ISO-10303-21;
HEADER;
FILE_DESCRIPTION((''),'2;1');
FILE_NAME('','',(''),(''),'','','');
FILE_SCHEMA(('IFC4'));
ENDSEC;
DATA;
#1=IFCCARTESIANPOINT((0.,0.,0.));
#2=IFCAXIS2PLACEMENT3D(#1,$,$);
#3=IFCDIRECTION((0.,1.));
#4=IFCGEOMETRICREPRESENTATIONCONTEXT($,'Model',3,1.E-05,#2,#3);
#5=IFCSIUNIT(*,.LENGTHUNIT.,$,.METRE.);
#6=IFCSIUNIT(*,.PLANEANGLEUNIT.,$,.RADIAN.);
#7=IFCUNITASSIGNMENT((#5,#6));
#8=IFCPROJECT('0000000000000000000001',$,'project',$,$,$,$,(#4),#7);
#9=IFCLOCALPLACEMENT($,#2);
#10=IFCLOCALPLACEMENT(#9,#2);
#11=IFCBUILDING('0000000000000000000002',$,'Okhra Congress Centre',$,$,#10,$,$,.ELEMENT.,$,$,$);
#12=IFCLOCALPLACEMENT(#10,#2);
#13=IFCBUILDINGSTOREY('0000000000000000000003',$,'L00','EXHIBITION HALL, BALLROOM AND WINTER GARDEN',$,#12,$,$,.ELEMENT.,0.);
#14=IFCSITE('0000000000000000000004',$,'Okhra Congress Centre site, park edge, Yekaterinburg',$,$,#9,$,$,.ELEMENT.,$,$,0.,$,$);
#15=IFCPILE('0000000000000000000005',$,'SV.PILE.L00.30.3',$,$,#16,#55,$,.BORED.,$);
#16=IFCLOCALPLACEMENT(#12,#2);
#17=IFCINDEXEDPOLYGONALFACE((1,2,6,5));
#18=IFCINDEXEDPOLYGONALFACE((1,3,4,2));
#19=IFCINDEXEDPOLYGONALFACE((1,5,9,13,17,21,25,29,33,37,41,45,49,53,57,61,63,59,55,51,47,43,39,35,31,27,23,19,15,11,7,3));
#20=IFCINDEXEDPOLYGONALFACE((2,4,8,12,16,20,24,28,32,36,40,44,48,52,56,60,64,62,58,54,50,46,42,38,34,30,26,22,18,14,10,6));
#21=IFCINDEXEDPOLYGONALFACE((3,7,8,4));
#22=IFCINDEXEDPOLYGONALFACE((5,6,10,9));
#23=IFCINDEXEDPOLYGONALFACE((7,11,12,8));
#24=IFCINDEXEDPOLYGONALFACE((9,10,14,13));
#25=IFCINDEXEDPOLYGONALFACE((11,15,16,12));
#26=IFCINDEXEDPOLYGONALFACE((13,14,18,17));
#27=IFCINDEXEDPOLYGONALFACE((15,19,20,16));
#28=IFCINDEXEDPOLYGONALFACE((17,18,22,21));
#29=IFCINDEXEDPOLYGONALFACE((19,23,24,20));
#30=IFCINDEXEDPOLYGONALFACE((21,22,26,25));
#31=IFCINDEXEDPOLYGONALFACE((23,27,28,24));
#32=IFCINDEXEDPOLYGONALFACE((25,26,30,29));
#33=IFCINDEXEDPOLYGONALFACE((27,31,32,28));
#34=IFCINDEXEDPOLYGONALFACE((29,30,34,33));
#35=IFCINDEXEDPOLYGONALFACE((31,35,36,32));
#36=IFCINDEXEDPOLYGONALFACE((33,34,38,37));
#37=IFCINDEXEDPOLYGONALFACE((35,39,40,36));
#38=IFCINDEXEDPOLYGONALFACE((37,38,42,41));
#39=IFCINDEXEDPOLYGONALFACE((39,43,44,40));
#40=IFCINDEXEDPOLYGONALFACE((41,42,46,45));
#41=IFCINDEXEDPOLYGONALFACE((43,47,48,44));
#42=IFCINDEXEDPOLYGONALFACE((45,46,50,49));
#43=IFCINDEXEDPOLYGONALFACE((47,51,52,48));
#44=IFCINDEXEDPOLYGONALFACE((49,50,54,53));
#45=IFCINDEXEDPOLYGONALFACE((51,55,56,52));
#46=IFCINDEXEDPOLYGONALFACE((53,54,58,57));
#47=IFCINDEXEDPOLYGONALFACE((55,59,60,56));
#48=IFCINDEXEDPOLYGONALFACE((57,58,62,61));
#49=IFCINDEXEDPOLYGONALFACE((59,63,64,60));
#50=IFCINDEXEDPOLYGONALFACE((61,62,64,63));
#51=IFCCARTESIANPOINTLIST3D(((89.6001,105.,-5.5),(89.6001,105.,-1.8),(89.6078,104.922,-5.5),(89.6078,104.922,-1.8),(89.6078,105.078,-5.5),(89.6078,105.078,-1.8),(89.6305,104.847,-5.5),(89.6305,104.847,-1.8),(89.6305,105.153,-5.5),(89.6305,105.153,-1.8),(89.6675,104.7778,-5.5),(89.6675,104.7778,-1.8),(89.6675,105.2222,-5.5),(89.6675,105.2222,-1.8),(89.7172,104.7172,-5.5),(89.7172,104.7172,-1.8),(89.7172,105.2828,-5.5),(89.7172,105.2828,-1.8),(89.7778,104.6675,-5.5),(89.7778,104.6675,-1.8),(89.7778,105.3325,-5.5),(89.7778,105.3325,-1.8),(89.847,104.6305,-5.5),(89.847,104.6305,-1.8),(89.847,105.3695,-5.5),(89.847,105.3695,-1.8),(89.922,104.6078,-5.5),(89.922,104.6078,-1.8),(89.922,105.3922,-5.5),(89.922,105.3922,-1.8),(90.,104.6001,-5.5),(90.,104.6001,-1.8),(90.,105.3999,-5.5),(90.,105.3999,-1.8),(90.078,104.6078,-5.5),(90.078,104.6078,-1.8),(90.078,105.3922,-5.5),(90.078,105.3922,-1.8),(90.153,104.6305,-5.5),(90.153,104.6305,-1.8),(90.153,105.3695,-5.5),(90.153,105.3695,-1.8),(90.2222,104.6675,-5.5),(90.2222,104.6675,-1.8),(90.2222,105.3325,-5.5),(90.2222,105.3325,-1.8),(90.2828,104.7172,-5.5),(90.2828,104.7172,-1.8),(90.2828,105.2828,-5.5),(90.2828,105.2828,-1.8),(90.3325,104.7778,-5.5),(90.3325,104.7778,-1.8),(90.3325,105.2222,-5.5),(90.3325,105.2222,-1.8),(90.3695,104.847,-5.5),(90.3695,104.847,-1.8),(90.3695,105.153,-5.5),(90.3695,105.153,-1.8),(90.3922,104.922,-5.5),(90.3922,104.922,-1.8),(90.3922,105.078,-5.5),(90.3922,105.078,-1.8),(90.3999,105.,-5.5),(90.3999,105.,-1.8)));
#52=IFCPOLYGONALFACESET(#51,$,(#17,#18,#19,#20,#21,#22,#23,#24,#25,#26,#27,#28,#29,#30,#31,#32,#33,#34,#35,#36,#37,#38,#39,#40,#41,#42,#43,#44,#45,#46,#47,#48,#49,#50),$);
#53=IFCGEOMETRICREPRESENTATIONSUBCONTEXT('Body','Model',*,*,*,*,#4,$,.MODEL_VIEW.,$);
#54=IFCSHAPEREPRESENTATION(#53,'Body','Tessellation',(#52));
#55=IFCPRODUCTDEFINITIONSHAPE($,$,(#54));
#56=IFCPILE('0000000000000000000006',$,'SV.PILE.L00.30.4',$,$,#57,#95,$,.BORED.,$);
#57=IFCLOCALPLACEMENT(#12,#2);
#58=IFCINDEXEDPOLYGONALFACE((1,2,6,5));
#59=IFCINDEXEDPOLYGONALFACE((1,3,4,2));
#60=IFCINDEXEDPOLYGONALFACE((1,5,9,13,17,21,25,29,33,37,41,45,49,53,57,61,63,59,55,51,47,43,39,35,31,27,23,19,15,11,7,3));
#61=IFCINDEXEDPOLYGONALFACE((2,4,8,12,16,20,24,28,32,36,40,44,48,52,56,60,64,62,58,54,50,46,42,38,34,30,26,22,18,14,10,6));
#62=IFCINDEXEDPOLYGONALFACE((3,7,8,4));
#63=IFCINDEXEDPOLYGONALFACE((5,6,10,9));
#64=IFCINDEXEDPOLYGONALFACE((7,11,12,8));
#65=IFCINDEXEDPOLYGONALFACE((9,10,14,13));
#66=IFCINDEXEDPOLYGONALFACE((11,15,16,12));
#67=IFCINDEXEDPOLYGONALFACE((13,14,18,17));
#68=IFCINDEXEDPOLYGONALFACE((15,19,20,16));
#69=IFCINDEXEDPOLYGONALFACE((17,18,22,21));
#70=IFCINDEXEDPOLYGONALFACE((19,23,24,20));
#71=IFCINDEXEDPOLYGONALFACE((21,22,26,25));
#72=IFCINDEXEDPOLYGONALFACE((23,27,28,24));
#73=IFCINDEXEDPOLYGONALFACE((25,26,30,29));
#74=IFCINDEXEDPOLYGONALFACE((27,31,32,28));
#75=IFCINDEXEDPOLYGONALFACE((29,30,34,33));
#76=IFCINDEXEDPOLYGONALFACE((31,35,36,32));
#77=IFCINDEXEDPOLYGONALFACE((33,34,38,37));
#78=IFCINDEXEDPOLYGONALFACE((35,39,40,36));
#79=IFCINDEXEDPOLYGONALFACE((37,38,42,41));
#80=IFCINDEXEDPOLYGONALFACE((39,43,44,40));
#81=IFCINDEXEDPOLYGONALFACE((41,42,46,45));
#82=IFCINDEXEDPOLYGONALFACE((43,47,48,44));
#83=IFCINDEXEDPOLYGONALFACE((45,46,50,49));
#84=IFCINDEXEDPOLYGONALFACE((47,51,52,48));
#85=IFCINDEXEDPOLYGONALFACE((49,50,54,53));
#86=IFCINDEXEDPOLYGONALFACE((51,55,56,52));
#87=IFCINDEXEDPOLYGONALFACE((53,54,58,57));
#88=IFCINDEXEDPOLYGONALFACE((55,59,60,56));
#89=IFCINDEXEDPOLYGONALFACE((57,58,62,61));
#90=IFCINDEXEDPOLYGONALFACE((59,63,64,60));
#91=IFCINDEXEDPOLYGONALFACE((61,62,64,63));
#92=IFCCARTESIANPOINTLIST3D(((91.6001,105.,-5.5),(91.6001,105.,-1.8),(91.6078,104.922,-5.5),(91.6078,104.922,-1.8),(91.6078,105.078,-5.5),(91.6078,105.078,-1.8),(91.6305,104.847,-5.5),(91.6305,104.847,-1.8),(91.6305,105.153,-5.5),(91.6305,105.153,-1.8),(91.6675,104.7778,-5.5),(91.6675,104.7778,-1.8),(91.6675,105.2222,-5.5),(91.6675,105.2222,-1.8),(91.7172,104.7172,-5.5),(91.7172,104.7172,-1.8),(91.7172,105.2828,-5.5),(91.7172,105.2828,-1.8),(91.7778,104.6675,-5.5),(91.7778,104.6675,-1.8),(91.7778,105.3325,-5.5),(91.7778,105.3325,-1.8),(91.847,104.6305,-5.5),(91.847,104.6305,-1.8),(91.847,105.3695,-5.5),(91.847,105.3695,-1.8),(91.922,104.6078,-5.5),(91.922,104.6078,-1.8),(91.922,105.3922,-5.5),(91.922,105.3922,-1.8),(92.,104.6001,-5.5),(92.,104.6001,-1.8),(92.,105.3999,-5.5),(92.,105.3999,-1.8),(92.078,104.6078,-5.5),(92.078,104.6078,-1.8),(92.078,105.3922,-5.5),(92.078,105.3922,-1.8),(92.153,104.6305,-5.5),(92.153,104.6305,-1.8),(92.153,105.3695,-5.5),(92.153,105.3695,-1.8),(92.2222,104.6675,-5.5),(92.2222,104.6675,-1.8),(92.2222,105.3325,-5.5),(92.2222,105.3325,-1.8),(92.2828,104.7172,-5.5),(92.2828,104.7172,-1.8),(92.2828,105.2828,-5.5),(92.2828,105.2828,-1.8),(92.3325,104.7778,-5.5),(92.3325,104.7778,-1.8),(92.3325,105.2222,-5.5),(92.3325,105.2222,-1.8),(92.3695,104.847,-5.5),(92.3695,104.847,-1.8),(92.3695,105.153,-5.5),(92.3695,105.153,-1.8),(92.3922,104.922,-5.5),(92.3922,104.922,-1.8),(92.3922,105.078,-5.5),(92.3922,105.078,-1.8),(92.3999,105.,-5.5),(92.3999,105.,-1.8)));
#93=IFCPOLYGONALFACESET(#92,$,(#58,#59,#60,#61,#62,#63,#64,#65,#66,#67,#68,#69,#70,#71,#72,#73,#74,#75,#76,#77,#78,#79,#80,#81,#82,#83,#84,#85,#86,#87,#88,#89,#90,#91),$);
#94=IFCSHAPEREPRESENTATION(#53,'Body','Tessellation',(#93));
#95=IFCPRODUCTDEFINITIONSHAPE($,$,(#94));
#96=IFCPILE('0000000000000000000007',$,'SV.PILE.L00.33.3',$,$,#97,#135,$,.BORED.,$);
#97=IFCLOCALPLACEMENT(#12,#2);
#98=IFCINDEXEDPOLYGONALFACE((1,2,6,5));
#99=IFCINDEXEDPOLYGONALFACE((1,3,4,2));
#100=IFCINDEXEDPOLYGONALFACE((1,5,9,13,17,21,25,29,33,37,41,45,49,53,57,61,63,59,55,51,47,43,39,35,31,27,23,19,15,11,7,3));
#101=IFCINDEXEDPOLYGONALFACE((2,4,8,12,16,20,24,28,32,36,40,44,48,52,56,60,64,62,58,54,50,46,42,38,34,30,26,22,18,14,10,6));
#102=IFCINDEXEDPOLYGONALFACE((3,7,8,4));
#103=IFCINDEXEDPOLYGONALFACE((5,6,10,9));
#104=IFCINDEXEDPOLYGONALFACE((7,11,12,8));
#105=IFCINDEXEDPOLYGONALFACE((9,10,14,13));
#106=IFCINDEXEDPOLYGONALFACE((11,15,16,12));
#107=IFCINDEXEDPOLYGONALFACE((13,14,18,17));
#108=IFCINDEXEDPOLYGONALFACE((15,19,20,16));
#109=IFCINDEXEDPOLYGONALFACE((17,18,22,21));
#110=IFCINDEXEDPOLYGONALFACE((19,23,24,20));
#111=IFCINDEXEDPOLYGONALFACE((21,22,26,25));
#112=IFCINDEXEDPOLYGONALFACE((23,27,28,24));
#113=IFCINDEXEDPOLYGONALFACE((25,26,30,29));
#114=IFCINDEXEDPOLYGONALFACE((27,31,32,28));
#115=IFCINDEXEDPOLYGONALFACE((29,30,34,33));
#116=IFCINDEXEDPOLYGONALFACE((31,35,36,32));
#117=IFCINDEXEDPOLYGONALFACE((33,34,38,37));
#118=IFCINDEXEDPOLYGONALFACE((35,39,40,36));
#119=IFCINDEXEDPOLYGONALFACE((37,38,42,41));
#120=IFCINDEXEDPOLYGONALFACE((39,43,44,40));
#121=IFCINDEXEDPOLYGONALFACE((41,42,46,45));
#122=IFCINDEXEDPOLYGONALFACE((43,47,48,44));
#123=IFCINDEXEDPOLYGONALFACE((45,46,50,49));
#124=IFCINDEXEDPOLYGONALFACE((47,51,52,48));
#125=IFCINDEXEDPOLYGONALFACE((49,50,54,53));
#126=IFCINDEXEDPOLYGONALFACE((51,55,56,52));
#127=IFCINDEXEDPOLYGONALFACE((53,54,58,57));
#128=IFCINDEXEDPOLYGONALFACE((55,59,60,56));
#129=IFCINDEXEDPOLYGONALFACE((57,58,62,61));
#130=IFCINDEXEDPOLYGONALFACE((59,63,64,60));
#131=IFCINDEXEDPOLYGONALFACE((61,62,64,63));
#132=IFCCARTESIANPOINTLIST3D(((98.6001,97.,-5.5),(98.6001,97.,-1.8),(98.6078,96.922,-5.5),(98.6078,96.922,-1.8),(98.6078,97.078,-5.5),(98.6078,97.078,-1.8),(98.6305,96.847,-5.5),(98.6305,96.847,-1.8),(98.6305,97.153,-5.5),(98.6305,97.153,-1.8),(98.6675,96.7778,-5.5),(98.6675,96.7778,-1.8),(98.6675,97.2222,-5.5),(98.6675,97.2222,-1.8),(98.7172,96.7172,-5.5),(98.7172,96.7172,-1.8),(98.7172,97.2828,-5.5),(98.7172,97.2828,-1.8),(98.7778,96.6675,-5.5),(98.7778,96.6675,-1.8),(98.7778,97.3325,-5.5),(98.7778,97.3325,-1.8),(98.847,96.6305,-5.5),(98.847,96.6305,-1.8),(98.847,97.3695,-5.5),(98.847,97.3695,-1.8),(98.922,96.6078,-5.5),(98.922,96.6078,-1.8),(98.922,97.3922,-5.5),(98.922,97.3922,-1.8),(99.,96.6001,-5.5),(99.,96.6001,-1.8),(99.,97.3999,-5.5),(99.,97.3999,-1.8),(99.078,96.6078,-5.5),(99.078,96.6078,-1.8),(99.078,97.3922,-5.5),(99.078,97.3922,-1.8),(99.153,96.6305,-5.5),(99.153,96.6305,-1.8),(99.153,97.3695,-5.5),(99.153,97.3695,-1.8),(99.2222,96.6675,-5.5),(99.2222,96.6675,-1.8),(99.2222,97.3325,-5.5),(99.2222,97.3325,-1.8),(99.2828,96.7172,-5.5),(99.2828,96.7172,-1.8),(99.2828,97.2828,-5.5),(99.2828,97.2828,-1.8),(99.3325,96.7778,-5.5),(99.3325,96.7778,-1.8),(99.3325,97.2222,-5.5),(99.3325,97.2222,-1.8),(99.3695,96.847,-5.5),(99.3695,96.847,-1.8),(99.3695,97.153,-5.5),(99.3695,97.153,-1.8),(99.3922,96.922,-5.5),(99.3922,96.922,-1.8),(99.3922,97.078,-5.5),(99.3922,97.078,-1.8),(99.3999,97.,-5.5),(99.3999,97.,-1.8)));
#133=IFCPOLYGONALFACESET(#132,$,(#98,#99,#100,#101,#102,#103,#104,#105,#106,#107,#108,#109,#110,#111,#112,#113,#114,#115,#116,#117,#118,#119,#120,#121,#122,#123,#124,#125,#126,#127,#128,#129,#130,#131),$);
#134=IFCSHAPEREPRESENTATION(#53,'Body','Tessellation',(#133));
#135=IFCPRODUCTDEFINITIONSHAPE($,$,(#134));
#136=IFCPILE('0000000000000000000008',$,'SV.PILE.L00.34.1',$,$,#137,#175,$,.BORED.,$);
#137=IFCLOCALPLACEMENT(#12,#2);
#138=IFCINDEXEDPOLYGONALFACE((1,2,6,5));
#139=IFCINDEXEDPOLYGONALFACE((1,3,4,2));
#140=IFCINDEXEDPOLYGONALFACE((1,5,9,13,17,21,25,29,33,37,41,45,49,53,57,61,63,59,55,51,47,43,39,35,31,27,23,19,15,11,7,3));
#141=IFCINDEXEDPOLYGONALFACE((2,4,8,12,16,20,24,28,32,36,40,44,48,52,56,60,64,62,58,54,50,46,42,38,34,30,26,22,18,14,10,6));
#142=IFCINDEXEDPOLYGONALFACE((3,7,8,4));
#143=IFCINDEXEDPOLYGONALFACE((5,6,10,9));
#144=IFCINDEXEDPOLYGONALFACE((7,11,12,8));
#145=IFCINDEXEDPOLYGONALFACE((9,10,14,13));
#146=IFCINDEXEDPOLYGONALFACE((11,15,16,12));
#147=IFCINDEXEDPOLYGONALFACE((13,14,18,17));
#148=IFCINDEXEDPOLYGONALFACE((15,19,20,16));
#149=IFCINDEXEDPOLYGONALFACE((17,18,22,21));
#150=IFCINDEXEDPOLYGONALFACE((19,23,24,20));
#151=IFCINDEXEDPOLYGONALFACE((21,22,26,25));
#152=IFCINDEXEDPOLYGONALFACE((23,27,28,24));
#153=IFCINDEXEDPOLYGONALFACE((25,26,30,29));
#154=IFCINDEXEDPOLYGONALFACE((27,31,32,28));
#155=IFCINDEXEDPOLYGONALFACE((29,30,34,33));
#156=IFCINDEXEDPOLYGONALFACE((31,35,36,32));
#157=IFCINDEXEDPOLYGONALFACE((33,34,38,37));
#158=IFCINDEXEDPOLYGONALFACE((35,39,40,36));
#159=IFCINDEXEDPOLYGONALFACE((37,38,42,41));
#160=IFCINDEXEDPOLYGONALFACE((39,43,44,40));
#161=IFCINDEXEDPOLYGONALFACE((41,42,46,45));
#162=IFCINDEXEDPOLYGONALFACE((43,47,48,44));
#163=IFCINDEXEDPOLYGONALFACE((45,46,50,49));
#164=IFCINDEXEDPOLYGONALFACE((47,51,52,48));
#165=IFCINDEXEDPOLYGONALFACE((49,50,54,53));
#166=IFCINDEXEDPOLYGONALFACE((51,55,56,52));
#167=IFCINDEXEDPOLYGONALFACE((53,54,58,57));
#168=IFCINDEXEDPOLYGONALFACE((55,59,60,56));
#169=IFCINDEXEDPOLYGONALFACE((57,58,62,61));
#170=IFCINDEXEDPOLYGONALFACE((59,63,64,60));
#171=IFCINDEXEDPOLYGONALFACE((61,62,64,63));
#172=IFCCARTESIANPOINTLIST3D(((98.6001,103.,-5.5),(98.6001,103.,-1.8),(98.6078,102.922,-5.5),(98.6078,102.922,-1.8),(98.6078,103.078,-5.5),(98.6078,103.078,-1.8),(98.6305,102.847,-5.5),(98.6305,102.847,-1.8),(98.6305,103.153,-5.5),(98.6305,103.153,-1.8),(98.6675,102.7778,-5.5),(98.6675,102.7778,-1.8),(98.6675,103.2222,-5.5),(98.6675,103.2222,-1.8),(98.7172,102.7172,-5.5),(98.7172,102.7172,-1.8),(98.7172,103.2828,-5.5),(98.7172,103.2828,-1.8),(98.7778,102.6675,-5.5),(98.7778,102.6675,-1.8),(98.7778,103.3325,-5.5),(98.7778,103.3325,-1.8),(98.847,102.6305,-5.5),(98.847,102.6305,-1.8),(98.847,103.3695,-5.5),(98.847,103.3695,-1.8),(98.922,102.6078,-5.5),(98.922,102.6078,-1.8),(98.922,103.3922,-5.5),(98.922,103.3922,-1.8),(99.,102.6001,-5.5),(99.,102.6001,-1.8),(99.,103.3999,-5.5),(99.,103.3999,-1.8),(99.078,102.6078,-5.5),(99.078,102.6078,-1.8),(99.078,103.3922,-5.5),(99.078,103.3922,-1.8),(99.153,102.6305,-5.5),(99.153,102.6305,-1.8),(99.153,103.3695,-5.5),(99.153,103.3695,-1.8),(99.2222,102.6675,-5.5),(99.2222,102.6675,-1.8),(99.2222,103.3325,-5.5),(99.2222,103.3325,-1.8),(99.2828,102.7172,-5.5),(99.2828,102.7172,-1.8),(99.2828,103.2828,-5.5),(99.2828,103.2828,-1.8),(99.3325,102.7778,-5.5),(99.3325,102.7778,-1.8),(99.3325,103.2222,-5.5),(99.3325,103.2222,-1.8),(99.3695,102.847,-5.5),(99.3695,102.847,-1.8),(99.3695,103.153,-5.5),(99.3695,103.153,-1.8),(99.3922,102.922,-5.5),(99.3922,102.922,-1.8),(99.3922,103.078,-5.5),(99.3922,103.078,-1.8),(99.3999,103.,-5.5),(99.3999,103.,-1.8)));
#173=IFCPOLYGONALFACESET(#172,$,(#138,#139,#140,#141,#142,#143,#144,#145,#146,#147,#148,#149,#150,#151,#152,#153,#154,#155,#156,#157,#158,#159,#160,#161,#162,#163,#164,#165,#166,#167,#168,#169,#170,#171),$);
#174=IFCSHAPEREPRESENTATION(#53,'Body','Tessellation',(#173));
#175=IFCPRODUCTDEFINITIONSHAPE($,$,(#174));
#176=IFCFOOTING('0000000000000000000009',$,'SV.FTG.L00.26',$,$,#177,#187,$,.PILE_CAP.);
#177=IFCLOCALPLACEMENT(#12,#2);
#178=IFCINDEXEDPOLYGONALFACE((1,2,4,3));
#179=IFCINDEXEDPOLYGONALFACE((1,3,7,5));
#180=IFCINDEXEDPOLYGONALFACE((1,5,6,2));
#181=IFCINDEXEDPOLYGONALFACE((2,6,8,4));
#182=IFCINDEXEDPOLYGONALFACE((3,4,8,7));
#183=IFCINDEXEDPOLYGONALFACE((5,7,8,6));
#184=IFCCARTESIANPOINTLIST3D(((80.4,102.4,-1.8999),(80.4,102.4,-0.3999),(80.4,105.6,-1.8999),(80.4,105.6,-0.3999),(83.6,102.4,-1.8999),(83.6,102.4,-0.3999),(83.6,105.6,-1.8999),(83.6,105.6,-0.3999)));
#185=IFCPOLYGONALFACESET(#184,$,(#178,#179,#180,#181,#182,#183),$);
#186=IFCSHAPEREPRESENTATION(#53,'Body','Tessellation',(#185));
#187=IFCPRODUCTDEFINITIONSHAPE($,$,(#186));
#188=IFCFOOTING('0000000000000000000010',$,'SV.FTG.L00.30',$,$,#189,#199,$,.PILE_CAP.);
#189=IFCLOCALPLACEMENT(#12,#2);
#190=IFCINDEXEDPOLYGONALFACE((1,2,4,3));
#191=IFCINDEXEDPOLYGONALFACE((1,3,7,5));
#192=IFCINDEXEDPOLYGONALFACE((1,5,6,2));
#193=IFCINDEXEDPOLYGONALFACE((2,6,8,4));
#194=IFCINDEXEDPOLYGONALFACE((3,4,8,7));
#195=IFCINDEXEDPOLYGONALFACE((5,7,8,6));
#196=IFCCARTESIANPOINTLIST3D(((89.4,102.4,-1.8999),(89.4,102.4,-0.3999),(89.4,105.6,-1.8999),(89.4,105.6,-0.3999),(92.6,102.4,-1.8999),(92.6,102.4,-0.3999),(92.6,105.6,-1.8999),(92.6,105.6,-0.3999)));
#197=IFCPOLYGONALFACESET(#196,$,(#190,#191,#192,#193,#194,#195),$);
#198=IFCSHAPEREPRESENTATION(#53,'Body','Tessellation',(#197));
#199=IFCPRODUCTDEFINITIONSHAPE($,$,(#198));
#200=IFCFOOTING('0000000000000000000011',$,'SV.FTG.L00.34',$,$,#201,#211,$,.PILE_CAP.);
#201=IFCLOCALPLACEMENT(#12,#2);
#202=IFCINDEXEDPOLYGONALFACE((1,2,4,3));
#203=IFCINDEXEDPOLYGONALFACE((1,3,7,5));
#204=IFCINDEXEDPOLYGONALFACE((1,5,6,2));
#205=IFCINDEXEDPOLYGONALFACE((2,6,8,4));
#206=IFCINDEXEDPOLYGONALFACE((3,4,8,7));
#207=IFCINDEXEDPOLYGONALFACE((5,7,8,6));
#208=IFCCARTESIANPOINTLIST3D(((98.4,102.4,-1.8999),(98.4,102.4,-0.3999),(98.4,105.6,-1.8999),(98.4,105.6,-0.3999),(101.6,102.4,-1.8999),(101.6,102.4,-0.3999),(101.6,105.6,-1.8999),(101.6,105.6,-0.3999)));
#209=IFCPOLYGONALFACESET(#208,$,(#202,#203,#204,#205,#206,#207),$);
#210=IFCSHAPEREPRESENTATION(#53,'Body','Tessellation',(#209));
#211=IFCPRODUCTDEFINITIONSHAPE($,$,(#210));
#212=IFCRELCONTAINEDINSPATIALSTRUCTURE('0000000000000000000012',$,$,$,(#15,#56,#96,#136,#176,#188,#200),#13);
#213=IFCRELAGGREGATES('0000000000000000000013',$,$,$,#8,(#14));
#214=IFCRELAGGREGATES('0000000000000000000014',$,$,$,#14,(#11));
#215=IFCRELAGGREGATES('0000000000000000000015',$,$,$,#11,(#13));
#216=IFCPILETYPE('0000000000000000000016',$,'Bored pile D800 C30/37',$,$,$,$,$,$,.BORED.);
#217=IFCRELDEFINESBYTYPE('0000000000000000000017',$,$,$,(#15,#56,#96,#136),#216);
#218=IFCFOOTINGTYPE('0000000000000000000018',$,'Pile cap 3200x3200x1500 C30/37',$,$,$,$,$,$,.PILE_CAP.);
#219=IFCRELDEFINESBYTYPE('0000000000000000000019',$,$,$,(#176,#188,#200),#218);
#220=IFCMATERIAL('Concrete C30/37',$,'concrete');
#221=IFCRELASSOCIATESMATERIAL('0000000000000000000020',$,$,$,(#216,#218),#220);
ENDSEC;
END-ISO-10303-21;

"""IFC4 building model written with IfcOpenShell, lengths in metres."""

from ifc_helpers import new_model, si_unit, direction, frame, origin, origin_2d, place, context, subcontext, project, spatial, rectangle, circle, extrude, material, material_profile, profile_set, type_object, element, save


model = new_model("IFC4")

# Units and contexts
model_context = context("Model", 3, precision=1e-05, world=origin(), true_north=direction((0.0, 1.0)))
body_context = subcontext(model_context, "Body", "Model", "MODEL_VIEW")
ifc_project = project(units=[si_unit("LENGTHUNIT", "METRE"), si_unit("PLANEANGLEUNIT", "RADIAN")], contexts=[model_context])

# Site, building, storey
site_placement = place(None, origin())
site = spatial("IfcSite", under=ifc_project, at=site_placement, Name="Okhra Congress Centre site, park edge, Yekaterinburg", CompositionType="ELEMENT", RefElevation=0.0)
building_placement = place(site_placement, origin())
building = spatial("IfcBuilding", under=site, at=building_placement, Name="Okhra Congress Centre", CompositionType="ELEMENT")
storey_placement = place(building_placement, origin())
storey = spatial("IfcBuildingStorey", under=building, at=storey_placement, Name="L00", Description="EXHIBITION HALL, BALLROOM AND WINTER GARDEN", CompositionType="ELEMENT", Elevation=0.0)

# Piles
ifc_material_1 = material(Name="Concrete C30/37", Category="concrete")
ifc_material_profile_1 = material_profile(ifc_material_1, circle(Radius=0.3999, at=origin_2d()), Name="D800")
ifc_profile_set_1 = profile_set([ifc_material_profile_1], Name="Concrete C30/37")
pile_type = type_object("IfcPileType", Name="Bored pile D800 C30/37", PredefinedType="BORED", material=ifc_profile_set_1)
for number, where, z_axis, x_axis, name in (
    (1, (90.0, 105.0, -1.8), (0.0, 0.0, -1.0), (1.0, 0.0, 0.0), "SV.PILE.L00.30.3"),
    (2, (92.0, 105.0, -1.8), (0.0, 0.0, -1.0), (1.0, 0.0, 0.0), "SV.PILE.L00.30.4"),
    (3, (99.0, 97.0, -1.8), (0.0, 0.0, -1.0), (1.0, 0.0, 0.0), "SV.PILE.L00.33.3"),
    (4, (99.0, 103.0, -1.8), (0.0, 0.0, -1.0), (1.0, 0.0, 0.0), "SV.PILE.L00.34.1"),
):
    element("IfcPile", number, at=place(storey_placement, frame(where, z_axis=z_axis, x_axis=x_axis)), inside=storey, type_object=pile_type, Name=name, PredefinedType="BORED", context=body_context, shape_type="SweptSolid", body=[
        extrude(circle(Radius=0.3999, at=origin_2d()), origin(), (0.0, 0.0, 1.0), 3.7),
    ])

# Footings
footing_type = type_object("IfcFootingType", Name="Pile cap 3200x3200x1500 C30/37", PredefinedType="PILE_CAP", material=ifc_material_1)
for number, where, z_axis, x_axis, name in (
    (5, (82.0, 104.0, -1.8999), (0.0, 0.0, 1.0), (1.0, 0.0, 0.0), "SV.FTG.L00.26"),
    (6, (91.0, 104.0, -1.8999), (0.0, 0.0, 1.0), (1.0, 0.0, 0.0), "SV.FTG.L00.30"),
    (7, (100.0, 104.0, -1.8999), (0.0, 0.0, 1.0), (1.0, 0.0, 0.0), "SV.FTG.L00.34"),
):
    element("IfcFooting", number, at=place(storey_placement, frame(where, z_axis=z_axis, x_axis=x_axis)), inside=storey, type_object=footing_type, Name=name, PredefinedType="PILE_CAP", context=body_context, shape_type="SweptSolid", body=[
        extrude(rectangle(XDim=3.2, YDim=3.2, at=origin_2d()), origin(), (0.0, 0.0, 1.0), 1.5),
    ])

save(model, "model.ifc")
